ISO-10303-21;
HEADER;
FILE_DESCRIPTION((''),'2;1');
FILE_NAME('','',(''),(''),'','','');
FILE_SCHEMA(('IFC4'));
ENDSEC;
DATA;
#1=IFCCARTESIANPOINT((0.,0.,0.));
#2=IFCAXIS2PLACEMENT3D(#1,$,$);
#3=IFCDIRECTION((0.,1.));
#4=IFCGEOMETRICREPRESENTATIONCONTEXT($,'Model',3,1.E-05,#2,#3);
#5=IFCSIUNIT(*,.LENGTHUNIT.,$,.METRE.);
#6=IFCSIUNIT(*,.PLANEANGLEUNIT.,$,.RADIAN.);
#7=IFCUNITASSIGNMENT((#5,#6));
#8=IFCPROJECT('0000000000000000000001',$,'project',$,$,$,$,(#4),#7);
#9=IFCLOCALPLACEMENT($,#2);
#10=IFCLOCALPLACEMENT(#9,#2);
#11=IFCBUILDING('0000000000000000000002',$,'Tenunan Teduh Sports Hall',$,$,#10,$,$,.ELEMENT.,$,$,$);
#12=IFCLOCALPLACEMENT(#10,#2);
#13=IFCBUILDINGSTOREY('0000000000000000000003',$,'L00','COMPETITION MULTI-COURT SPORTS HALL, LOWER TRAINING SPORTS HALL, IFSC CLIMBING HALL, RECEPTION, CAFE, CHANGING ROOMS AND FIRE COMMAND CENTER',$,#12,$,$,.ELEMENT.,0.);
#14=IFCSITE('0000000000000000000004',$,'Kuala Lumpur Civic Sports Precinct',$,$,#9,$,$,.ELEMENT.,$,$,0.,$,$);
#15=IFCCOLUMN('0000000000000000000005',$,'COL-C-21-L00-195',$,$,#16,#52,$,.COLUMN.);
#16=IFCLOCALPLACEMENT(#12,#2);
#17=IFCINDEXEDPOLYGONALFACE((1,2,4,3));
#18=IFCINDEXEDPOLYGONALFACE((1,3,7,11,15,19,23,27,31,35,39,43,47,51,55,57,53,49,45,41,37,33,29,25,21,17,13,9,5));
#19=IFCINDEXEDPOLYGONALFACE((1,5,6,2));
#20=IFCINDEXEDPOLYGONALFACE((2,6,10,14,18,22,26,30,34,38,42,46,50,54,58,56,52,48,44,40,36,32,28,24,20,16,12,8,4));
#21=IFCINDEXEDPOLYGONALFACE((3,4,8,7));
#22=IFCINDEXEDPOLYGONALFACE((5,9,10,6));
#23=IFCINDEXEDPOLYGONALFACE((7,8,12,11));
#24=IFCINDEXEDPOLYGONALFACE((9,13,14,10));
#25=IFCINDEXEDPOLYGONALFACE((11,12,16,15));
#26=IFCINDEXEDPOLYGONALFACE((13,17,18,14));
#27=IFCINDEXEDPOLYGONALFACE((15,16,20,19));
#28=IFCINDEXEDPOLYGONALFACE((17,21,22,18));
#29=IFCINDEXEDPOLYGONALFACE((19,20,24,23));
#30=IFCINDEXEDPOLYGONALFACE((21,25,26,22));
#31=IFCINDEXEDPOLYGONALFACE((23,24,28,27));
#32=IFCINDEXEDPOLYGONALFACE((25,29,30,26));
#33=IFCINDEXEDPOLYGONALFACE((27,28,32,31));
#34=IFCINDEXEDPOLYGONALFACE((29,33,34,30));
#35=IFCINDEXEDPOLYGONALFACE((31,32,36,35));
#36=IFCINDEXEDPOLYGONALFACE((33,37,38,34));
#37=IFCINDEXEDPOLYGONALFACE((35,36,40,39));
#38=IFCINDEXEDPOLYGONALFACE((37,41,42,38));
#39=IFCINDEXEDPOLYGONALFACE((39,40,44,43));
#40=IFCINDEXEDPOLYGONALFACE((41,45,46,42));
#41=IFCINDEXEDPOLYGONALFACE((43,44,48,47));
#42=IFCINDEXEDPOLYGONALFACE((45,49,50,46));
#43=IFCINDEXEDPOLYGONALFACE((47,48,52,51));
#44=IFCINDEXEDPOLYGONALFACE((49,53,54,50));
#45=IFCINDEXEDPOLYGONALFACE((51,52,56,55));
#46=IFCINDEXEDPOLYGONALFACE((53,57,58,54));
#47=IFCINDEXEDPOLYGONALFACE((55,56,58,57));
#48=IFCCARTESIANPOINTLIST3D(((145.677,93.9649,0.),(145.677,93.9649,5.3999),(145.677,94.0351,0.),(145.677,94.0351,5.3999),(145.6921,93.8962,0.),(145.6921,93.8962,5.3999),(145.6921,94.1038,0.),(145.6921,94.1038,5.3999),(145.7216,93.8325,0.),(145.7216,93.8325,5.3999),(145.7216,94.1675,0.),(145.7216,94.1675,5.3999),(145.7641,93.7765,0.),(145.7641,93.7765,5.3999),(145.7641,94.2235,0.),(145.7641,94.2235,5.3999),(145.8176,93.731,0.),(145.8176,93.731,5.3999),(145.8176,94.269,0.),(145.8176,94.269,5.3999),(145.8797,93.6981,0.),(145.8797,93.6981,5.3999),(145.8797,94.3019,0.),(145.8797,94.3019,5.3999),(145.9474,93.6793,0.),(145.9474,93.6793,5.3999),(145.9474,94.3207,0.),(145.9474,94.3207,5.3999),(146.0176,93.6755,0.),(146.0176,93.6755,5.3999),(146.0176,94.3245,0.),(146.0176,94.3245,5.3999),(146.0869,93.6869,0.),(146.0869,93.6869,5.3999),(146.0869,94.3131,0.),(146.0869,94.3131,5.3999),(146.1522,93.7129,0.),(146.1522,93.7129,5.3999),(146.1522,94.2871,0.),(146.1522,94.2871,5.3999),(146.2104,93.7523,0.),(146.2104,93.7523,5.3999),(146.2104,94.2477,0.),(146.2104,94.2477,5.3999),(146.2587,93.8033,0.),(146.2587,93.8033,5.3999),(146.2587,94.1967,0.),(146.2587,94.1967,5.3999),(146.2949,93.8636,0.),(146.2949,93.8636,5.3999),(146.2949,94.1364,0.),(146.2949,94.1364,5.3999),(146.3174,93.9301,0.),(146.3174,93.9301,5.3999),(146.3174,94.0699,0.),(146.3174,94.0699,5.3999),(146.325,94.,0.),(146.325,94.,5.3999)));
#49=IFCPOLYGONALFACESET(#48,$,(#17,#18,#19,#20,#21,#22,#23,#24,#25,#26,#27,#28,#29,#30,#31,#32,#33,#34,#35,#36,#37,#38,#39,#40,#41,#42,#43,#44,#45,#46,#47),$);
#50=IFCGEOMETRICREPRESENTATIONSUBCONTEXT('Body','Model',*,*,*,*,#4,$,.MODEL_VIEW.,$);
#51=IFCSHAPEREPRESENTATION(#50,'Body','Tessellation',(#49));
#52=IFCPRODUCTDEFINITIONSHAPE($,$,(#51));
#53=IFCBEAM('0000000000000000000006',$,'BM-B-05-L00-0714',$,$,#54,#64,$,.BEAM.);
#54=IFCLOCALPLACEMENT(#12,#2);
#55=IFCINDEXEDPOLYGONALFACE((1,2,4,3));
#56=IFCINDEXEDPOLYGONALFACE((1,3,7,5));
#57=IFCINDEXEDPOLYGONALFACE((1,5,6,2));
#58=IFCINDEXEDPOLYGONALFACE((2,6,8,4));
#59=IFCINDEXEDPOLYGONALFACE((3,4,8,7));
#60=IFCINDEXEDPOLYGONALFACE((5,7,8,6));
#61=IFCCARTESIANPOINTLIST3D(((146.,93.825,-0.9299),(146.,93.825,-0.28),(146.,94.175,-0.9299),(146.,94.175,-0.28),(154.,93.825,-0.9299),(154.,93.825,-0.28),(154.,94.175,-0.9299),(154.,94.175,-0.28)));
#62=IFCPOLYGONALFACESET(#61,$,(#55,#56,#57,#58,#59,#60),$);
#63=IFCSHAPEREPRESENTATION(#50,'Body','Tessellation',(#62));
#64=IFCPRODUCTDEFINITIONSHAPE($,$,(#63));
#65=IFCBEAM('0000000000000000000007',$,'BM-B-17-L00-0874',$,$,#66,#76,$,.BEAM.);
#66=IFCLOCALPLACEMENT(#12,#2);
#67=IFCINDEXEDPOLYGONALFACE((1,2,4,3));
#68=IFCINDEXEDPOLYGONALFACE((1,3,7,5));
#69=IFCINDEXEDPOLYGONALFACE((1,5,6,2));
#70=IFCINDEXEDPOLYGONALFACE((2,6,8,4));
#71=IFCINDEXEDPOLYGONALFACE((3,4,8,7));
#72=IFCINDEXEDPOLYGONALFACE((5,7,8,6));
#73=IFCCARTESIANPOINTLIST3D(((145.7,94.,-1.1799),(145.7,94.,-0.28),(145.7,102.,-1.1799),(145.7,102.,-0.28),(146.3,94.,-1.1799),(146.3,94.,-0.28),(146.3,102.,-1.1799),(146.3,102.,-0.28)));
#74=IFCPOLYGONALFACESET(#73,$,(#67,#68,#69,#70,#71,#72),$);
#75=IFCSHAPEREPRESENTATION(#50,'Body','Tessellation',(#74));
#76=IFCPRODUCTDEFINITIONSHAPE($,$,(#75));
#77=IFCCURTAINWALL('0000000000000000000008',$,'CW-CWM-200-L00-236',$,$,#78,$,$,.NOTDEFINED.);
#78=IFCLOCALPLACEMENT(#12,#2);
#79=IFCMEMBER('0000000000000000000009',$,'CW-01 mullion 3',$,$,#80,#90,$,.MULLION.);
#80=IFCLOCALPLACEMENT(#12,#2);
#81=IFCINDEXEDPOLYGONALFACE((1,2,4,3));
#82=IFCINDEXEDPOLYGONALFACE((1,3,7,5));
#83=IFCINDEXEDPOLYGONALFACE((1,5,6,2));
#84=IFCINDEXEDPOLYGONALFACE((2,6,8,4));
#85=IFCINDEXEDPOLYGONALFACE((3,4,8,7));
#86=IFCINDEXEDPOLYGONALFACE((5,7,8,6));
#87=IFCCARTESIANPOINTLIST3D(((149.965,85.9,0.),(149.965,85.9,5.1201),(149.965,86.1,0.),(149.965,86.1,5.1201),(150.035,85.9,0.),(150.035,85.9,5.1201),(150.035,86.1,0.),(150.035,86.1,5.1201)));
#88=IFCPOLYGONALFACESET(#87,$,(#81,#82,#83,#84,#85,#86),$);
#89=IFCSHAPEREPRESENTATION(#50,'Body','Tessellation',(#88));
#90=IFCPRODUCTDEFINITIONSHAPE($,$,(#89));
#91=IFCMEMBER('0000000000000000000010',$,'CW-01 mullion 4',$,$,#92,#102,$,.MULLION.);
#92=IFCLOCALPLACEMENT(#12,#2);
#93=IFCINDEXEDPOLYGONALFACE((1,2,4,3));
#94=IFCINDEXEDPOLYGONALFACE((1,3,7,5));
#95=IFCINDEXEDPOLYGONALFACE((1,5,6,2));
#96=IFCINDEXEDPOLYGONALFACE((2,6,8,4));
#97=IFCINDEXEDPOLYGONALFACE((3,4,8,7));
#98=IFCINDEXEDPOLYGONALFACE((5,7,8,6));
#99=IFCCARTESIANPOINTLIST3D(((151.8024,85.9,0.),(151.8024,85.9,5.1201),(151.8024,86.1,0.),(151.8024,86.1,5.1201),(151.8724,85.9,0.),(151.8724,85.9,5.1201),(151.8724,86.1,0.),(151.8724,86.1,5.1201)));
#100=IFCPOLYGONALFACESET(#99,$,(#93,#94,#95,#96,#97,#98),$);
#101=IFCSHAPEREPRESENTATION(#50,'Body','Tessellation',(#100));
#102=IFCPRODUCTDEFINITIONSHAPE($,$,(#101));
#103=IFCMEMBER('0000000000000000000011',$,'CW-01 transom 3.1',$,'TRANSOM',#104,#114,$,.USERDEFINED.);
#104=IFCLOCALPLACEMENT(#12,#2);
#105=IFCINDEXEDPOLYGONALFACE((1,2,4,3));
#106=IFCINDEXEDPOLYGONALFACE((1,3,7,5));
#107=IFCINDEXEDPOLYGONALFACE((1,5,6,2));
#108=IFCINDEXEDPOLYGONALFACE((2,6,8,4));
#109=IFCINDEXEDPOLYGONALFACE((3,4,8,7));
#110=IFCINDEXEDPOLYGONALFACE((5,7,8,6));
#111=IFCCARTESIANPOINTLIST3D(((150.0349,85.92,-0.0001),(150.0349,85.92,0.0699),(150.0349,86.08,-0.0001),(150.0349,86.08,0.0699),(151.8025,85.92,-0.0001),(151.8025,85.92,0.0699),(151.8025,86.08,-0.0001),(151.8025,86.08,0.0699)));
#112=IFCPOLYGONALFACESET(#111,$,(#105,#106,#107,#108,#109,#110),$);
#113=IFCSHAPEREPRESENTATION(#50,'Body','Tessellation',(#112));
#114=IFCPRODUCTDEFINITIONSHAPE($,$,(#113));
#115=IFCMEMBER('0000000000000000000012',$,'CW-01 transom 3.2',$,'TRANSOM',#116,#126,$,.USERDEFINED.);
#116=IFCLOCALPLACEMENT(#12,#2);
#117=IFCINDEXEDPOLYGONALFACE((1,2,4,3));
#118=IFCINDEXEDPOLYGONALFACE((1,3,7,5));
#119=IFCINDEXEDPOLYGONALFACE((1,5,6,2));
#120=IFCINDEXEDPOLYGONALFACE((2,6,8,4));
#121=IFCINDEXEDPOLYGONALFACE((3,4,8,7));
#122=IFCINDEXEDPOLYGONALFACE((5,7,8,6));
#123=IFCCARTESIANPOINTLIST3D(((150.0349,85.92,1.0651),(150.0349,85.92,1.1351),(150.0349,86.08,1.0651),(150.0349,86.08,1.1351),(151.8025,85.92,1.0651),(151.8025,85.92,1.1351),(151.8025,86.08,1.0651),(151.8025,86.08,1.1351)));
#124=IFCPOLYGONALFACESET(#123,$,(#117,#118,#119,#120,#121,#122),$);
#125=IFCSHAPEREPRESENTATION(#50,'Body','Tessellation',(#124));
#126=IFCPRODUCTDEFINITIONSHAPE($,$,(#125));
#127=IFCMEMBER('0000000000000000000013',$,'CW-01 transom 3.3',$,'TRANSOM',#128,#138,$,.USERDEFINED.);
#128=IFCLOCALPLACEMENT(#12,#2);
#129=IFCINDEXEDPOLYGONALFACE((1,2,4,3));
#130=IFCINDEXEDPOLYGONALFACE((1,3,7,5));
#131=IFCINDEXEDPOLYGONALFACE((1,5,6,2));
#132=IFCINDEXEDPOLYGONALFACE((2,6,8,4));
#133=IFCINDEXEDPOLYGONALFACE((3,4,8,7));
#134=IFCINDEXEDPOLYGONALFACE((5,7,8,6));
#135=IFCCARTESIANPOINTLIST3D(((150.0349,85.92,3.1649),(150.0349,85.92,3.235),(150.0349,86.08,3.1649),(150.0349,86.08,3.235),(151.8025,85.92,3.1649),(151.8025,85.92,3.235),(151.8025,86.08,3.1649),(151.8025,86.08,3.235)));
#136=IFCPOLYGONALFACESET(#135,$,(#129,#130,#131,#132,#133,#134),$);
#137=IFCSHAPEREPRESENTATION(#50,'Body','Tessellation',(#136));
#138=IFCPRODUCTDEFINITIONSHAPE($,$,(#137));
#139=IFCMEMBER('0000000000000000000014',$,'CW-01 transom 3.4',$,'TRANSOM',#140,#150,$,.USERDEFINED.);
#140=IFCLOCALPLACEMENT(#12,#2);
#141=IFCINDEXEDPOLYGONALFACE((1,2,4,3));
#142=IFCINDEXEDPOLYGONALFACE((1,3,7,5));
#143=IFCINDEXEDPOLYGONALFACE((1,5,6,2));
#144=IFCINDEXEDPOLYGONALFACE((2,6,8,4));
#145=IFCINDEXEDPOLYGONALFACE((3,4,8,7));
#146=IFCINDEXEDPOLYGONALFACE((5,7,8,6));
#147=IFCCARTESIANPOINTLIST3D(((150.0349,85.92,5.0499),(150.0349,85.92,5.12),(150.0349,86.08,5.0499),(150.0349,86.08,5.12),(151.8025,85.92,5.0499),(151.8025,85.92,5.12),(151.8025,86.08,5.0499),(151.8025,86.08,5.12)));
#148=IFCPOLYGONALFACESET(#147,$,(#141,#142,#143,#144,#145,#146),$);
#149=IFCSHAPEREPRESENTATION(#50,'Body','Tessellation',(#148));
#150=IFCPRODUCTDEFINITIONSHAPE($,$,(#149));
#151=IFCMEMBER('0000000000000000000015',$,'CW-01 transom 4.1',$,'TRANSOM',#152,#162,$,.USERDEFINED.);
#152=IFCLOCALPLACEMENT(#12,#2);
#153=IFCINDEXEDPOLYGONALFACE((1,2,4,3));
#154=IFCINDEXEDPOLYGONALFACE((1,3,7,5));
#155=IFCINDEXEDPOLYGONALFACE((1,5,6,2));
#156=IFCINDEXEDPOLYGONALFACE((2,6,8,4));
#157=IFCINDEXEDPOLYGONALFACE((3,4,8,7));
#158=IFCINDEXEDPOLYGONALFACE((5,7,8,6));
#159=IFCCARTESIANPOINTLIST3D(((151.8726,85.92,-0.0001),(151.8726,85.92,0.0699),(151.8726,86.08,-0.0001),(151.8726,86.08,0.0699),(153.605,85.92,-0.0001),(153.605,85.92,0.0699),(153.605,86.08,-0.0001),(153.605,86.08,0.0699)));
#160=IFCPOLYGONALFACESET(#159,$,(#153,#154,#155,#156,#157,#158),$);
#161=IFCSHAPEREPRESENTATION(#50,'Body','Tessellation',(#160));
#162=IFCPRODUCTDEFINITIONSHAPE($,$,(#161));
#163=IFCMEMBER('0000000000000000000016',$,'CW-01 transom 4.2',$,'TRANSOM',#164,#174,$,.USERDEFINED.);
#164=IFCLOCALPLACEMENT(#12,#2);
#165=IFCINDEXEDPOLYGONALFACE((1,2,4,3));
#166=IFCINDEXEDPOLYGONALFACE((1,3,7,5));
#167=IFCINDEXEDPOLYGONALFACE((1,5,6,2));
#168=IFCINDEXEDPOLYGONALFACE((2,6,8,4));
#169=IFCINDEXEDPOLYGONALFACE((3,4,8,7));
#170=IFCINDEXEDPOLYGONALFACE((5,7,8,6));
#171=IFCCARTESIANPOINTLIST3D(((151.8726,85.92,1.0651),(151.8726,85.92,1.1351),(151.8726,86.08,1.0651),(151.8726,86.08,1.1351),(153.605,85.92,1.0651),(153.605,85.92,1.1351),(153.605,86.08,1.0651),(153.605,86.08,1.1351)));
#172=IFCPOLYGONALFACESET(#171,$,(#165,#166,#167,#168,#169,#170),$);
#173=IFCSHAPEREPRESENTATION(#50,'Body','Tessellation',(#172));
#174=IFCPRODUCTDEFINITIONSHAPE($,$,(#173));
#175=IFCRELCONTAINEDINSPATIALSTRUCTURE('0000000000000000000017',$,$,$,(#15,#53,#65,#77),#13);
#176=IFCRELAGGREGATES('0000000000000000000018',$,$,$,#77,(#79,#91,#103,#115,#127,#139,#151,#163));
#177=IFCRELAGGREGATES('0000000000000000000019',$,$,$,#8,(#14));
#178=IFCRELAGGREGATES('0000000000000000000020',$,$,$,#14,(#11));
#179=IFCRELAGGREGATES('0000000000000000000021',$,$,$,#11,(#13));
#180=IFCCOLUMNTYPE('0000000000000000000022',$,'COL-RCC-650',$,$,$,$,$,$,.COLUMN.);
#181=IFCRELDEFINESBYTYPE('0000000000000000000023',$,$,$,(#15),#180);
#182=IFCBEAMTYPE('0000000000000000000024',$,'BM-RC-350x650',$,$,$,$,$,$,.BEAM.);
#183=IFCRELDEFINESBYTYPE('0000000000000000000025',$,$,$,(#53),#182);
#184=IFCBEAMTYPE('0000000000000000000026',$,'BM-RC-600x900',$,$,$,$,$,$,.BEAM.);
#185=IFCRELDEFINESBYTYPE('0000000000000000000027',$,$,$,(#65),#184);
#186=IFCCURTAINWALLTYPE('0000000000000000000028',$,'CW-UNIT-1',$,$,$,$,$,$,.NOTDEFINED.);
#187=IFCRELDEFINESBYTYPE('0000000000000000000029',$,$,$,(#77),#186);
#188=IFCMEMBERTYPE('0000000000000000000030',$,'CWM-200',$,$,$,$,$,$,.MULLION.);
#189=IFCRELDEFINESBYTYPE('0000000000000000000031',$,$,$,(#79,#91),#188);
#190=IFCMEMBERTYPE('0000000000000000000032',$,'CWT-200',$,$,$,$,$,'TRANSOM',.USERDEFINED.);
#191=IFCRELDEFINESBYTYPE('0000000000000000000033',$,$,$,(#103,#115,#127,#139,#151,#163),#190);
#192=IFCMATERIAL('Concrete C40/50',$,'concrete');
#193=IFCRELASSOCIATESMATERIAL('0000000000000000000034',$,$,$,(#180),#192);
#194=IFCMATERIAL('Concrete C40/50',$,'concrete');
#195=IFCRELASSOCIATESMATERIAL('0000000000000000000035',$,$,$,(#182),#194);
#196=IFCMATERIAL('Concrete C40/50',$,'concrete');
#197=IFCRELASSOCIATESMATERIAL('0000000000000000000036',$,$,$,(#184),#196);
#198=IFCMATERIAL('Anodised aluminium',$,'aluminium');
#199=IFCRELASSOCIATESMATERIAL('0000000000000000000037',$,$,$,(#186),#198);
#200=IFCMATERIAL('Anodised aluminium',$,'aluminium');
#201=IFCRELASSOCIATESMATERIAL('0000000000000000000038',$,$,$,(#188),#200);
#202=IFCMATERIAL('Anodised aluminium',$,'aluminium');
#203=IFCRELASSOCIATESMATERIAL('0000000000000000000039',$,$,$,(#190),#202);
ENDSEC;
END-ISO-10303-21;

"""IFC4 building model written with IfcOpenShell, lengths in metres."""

from ifc_helpers import new_model, si_unit, direction, frame, origin, origin_2d, place, context, subcontext, project, spatial, rectangle, circle, extrude, material, material_profile, profile_set, type_object, element, aggregate, save


model = new_model("IFC4")

# Units and contexts
model_context = context("Model", 3, precision=1e-05, world=origin(), true_north=direction((0.0, 1.0)))
body_context = subcontext(model_context, "Body", "Model", "MODEL_VIEW")
ifc_project = project(units=[si_unit("LENGTHUNIT", "METRE"), si_unit("PLANEANGLEUNIT", "RADIAN")], contexts=[model_context])

# Site, building, storey
site_placement = place(None, origin())
site = spatial("IfcSite", under=ifc_project, at=site_placement, Name="Kuala Lumpur Civic Sports Precinct", CompositionType="ELEMENT", RefElevation=0.0)
building_placement = place(site_placement, origin())
building = spatial("IfcBuilding", under=site, at=building_placement, Name="Tenunan Teduh Sports Hall", CompositionType="ELEMENT")
storey_placement = place(building_placement, origin())
storey = spatial("IfcBuildingStorey", under=building, at=storey_placement, Name="L00", Description="COMPETITION MULTI-COURT SPORTS HALL, LOWER TRAINING SPORTS HALL, IFSC CLIMBING HALL, RECEPTION, CAFE, CHANGING ROOMS AND FIRE COMMAND CENTER", CompositionType="ELEMENT", Elevation=0.0)

# Column
ifc_material_1 = material(Name="Concrete C40/50", Category="concrete")
ifc_material_profile_1 = material_profile(ifc_material_1, circle(Radius=0.325, at=origin_2d()), Name="RCC D650")
ifc_profile_set_1 = profile_set([ifc_material_profile_1], Name="Concrete C40/50")
column_type = type_object("IfcColumnType", Name="COL-RCC-650", PredefinedType="COLUMN", material=ifc_profile_set_1)
column_placement = place(storey_placement, frame((146.0, 94.0, 0.0), z_axis=(0.0, 0.0, 1.0), x_axis=(1.0, 0.0, 0.0)))
element("IfcColumn", 1, at=column_placement, inside=storey, type_object=column_type, Name="COL-C-21-L00-195", PredefinedType="COLUMN", context=body_context, shape_type="SweptSolid", body=[
    extrude(circle(Radius=0.325, at=origin_2d()), origin(), (0.0, 0.0, 1.0), 5.3999),
])

# Beams
ifc_material_2 = material(Name="Concrete C40/50", Category="concrete")
ifc_material_profile_2 = material_profile(ifc_material_2, rectangle(XDim=0.3501, YDim=0.6499, at=origin_2d()), Name="RCB 350x650")
ifc_profile_set_2 = profile_set([ifc_material_profile_2], Name="Concrete C40/50")
beam_type_1 = type_object("IfcBeamType", Name="BM-RC-350x650", PredefinedType="BEAM", material=ifc_profile_set_2)
beam_1_placement = place(storey_placement, frame((146.0, 94.0, -0.605), z_axis=(1.0, 0.0, 0.0), x_axis=(0.0, 1.0, 0.0)))
element("IfcBeam", 2, at=beam_1_placement, inside=storey, type_object=beam_type_1, Name="BM-B-05-L00-0714", PredefinedType="BEAM", context=body_context, shape_type="SweptSolid", body=[
    extrude(rectangle(XDim=0.3501, YDim=0.6499, at=origin_2d()), origin(), (0.0, 0.0, 1.0), 8.0),
])
ifc_material_3 = material(Name="Concrete C40/50", Category="concrete")
ifc_material_profile_3 = material_profile(ifc_material_3, rectangle(XDim=0.6001, YDim=0.8999, at=origin_2d()), Name="RCB 600x900")
ifc_profile_set_3 = profile_set([ifc_material_profile_3], Name="Concrete C40/50")
beam_type_2 = type_object("IfcBeamType", Name="BM-RC-600x900", PredefinedType="BEAM", material=ifc_profile_set_3)
beam_2_placement = place(storey_placement, frame((146.0, 94.0, -0.73), z_axis=(0.0, 1.0, 0.0), x_axis=(-1.0, 0.0, 0.0)))
element("IfcBeam", 3, at=beam_2_placement, inside=storey, type_object=beam_type_2, Name="BM-B-17-L00-0874", PredefinedType="BEAM", context=body_context, shape_type="SweptSolid", body=[
    extrude(rectangle(XDim=0.6001, YDim=0.8999, at=origin_2d()), origin(), (0.0, 0.0, 1.0), 8.0),
])

# Curtain wall, members
ifc_material_4 = material(Name="Anodised aluminium", Category="aluminium")
curtain_wall_type = type_object("IfcCurtainWallType", Name="CW-UNIT-1", PredefinedType="NOTDEFINED", material=ifc_material_4)
curtain_wall_placement = place(storey_placement, origin())
curtain_wall = element("IfcCurtainWall", 4, at=curtain_wall_placement, inside=storey, type_object=curtain_wall_type, Name="CW-CWM-200-L00-236", PredefinedType="NOTDEFINED")
ifc_material_5 = material(Name="Anodised aluminium", Category="aluminium")
ifc_material_profile_4 = material_profile(ifc_material_5, rectangle(XDim=0.0701, YDim=0.2, at=origin_2d()), Name="CWM 70x200")
ifc_profile_set_4 = profile_set([ifc_material_profile_4], Name="Anodised aluminium")
member_type_1 = type_object("IfcMemberType", Name="CWM-200", PredefinedType="MULLION", material=ifc_profile_set_4)
member_1_placement = place(storey_placement, frame((150.0, 86.0, 0.0), z_axis=(0.0, 0.0, 1.0), x_axis=(1.0, 0.0, 0.0)))
member_1 = element("IfcMember", 5, at=member_1_placement, type_object=member_type_1, Name="CW-01 mullion 3", PredefinedType="MULLION", context=body_context, shape_type="SweptSolid", body=[
    extrude(rectangle(XDim=0.0701, YDim=0.2, at=origin_2d()), origin(), (0.0, 0.0, 1.0), 5.1201),
])
member_2_placement = place(storey_placement, frame((151.8374, 86.0, 0.0), z_axis=(0.0, 0.0, 1.0), x_axis=(1.0, 0.0, 0.0)))
member_2 = element("IfcMember", 6, at=member_2_placement, type_object=member_type_1, Name="CW-01 mullion 4", PredefinedType="MULLION", context=body_context, shape_type="SweptSolid", body=[
    extrude(rectangle(XDim=0.0701, YDim=0.2, at=origin_2d()), origin(), (0.0, 0.0, 1.0), 5.1201),
])
ifc_material_6 = material(Name="Anodised aluminium", Category="aluminium")
ifc_material_profile_5 = material_profile(ifc_material_6, rectangle(XDim=0.0701, YDim=0.1599, at=origin_2d()), Name="CWT 70x160")
ifc_profile_set_5 = profile_set([ifc_material_profile_5], Name="Anodised aluminium")
member_type_2 = type_object("IfcMemberType", Name="CWT-200", ElementType="TRANSOM", PredefinedType="USERDEFINED", material=ifc_profile_set_5)
member_3_placement = place(storey_placement, frame((150.0349, 86.0, 0.0349), z_axis=(1.0, 0.0, 0.0), x_axis=(0.0, 0.0, 1.0)))
member_3 = element("IfcMember", 7, at=member_3_placement, type_object=member_type_2, Name="CW-01 transom 3.1", ObjectType="TRANSOM", PredefinedType="USERDEFINED", context=body_context, shape_type="SweptSolid", body=[
    extrude(rectangle(XDim=0.0701, YDim=0.1599, at=origin_2d()), origin(), (0.0, 0.0, 1.0), 1.7676),
])
member_4_placement = place(storey_placement, frame((150.0349, 86.0, 1.1001), z_axis=(1.0, 0.0, 0.0), x_axis=(0.0, 0.0, 1.0)))
member_4 = element("IfcMember", 8, at=member_4_placement, type_object=member_type_2, Name="CW-01 transom 3.2", ObjectType="TRANSOM", PredefinedType="USERDEFINED", context=body_context, shape_type="SweptSolid", body=[
    extrude(rectangle(XDim=0.0701, YDim=0.1599, at=origin_2d()), origin(), (0.0, 0.0, 1.0), 1.7676),
])
member_5_placement = place(storey_placement, frame((150.0349, 86.0, 3.2), z_axis=(1.0, 0.0, 0.0), x_axis=(0.0, 0.0, 1.0)))
member_5 = element("IfcMember", 9, at=member_5_placement, type_object=member_type_2, Name="CW-01 transom 3.3", ObjectType="TRANSOM", PredefinedType="USERDEFINED", context=body_context, shape_type="SweptSolid", body=[
    extrude(rectangle(XDim=0.0701, YDim=0.1599, at=origin_2d()), origin(), (0.0, 0.0, 1.0), 1.7676),
])
member_6_placement = place(storey_placement, frame((150.0349, 86.0, 5.085), z_axis=(1.0, 0.0, 0.0), x_axis=(0.0, 0.0, 1.0)))
member_6 = element("IfcMember", 10, at=member_6_placement, type_object=member_type_2, Name="CW-01 transom 3.4", ObjectType="TRANSOM", PredefinedType="USERDEFINED", context=body_context, shape_type="SweptSolid", body=[
    extrude(rectangle(XDim=0.0701, YDim=0.1599, at=origin_2d()), origin(), (0.0, 0.0, 1.0), 1.7676),
])
member_7_placement = place(storey_placement, frame((151.8726, 86.0, 0.0349), z_axis=(1.0, 0.0, 0.0), x_axis=(0.0, 0.0, 1.0)))
member_7 = element("IfcMember", 11, at=member_7_placement, type_object=member_type_2, Name="CW-01 transom 4.1", ObjectType="TRANSOM", PredefinedType="USERDEFINED", context=body_context, shape_type="SweptSolid", body=[
    extrude(rectangle(XDim=0.0701, YDim=0.1599, at=origin_2d()), origin(), (0.0, 0.0, 1.0), 1.7324),
])
member_8_placement = place(storey_placement, frame((151.8726, 86.0, 1.1001), z_axis=(1.0, 0.0, 0.0), x_axis=(0.0, 0.0, 1.0)))
member_8 = element("IfcMember", 12, at=member_8_placement, type_object=member_type_2, Name="CW-01 transom 4.2", ObjectType="TRANSOM", PredefinedType="USERDEFINED", context=body_context, shape_type="SweptSolid", body=[
    extrude(rectangle(XDim=0.0701, YDim=0.1599, at=origin_2d()), origin(), (0.0, 0.0, 1.0), 1.7324),
])

aggregate(curtain_wall, [member_1, member_2, member_3, member_4, member_5, member_6, member_7, member_8])

save(model, "model.ifc")
